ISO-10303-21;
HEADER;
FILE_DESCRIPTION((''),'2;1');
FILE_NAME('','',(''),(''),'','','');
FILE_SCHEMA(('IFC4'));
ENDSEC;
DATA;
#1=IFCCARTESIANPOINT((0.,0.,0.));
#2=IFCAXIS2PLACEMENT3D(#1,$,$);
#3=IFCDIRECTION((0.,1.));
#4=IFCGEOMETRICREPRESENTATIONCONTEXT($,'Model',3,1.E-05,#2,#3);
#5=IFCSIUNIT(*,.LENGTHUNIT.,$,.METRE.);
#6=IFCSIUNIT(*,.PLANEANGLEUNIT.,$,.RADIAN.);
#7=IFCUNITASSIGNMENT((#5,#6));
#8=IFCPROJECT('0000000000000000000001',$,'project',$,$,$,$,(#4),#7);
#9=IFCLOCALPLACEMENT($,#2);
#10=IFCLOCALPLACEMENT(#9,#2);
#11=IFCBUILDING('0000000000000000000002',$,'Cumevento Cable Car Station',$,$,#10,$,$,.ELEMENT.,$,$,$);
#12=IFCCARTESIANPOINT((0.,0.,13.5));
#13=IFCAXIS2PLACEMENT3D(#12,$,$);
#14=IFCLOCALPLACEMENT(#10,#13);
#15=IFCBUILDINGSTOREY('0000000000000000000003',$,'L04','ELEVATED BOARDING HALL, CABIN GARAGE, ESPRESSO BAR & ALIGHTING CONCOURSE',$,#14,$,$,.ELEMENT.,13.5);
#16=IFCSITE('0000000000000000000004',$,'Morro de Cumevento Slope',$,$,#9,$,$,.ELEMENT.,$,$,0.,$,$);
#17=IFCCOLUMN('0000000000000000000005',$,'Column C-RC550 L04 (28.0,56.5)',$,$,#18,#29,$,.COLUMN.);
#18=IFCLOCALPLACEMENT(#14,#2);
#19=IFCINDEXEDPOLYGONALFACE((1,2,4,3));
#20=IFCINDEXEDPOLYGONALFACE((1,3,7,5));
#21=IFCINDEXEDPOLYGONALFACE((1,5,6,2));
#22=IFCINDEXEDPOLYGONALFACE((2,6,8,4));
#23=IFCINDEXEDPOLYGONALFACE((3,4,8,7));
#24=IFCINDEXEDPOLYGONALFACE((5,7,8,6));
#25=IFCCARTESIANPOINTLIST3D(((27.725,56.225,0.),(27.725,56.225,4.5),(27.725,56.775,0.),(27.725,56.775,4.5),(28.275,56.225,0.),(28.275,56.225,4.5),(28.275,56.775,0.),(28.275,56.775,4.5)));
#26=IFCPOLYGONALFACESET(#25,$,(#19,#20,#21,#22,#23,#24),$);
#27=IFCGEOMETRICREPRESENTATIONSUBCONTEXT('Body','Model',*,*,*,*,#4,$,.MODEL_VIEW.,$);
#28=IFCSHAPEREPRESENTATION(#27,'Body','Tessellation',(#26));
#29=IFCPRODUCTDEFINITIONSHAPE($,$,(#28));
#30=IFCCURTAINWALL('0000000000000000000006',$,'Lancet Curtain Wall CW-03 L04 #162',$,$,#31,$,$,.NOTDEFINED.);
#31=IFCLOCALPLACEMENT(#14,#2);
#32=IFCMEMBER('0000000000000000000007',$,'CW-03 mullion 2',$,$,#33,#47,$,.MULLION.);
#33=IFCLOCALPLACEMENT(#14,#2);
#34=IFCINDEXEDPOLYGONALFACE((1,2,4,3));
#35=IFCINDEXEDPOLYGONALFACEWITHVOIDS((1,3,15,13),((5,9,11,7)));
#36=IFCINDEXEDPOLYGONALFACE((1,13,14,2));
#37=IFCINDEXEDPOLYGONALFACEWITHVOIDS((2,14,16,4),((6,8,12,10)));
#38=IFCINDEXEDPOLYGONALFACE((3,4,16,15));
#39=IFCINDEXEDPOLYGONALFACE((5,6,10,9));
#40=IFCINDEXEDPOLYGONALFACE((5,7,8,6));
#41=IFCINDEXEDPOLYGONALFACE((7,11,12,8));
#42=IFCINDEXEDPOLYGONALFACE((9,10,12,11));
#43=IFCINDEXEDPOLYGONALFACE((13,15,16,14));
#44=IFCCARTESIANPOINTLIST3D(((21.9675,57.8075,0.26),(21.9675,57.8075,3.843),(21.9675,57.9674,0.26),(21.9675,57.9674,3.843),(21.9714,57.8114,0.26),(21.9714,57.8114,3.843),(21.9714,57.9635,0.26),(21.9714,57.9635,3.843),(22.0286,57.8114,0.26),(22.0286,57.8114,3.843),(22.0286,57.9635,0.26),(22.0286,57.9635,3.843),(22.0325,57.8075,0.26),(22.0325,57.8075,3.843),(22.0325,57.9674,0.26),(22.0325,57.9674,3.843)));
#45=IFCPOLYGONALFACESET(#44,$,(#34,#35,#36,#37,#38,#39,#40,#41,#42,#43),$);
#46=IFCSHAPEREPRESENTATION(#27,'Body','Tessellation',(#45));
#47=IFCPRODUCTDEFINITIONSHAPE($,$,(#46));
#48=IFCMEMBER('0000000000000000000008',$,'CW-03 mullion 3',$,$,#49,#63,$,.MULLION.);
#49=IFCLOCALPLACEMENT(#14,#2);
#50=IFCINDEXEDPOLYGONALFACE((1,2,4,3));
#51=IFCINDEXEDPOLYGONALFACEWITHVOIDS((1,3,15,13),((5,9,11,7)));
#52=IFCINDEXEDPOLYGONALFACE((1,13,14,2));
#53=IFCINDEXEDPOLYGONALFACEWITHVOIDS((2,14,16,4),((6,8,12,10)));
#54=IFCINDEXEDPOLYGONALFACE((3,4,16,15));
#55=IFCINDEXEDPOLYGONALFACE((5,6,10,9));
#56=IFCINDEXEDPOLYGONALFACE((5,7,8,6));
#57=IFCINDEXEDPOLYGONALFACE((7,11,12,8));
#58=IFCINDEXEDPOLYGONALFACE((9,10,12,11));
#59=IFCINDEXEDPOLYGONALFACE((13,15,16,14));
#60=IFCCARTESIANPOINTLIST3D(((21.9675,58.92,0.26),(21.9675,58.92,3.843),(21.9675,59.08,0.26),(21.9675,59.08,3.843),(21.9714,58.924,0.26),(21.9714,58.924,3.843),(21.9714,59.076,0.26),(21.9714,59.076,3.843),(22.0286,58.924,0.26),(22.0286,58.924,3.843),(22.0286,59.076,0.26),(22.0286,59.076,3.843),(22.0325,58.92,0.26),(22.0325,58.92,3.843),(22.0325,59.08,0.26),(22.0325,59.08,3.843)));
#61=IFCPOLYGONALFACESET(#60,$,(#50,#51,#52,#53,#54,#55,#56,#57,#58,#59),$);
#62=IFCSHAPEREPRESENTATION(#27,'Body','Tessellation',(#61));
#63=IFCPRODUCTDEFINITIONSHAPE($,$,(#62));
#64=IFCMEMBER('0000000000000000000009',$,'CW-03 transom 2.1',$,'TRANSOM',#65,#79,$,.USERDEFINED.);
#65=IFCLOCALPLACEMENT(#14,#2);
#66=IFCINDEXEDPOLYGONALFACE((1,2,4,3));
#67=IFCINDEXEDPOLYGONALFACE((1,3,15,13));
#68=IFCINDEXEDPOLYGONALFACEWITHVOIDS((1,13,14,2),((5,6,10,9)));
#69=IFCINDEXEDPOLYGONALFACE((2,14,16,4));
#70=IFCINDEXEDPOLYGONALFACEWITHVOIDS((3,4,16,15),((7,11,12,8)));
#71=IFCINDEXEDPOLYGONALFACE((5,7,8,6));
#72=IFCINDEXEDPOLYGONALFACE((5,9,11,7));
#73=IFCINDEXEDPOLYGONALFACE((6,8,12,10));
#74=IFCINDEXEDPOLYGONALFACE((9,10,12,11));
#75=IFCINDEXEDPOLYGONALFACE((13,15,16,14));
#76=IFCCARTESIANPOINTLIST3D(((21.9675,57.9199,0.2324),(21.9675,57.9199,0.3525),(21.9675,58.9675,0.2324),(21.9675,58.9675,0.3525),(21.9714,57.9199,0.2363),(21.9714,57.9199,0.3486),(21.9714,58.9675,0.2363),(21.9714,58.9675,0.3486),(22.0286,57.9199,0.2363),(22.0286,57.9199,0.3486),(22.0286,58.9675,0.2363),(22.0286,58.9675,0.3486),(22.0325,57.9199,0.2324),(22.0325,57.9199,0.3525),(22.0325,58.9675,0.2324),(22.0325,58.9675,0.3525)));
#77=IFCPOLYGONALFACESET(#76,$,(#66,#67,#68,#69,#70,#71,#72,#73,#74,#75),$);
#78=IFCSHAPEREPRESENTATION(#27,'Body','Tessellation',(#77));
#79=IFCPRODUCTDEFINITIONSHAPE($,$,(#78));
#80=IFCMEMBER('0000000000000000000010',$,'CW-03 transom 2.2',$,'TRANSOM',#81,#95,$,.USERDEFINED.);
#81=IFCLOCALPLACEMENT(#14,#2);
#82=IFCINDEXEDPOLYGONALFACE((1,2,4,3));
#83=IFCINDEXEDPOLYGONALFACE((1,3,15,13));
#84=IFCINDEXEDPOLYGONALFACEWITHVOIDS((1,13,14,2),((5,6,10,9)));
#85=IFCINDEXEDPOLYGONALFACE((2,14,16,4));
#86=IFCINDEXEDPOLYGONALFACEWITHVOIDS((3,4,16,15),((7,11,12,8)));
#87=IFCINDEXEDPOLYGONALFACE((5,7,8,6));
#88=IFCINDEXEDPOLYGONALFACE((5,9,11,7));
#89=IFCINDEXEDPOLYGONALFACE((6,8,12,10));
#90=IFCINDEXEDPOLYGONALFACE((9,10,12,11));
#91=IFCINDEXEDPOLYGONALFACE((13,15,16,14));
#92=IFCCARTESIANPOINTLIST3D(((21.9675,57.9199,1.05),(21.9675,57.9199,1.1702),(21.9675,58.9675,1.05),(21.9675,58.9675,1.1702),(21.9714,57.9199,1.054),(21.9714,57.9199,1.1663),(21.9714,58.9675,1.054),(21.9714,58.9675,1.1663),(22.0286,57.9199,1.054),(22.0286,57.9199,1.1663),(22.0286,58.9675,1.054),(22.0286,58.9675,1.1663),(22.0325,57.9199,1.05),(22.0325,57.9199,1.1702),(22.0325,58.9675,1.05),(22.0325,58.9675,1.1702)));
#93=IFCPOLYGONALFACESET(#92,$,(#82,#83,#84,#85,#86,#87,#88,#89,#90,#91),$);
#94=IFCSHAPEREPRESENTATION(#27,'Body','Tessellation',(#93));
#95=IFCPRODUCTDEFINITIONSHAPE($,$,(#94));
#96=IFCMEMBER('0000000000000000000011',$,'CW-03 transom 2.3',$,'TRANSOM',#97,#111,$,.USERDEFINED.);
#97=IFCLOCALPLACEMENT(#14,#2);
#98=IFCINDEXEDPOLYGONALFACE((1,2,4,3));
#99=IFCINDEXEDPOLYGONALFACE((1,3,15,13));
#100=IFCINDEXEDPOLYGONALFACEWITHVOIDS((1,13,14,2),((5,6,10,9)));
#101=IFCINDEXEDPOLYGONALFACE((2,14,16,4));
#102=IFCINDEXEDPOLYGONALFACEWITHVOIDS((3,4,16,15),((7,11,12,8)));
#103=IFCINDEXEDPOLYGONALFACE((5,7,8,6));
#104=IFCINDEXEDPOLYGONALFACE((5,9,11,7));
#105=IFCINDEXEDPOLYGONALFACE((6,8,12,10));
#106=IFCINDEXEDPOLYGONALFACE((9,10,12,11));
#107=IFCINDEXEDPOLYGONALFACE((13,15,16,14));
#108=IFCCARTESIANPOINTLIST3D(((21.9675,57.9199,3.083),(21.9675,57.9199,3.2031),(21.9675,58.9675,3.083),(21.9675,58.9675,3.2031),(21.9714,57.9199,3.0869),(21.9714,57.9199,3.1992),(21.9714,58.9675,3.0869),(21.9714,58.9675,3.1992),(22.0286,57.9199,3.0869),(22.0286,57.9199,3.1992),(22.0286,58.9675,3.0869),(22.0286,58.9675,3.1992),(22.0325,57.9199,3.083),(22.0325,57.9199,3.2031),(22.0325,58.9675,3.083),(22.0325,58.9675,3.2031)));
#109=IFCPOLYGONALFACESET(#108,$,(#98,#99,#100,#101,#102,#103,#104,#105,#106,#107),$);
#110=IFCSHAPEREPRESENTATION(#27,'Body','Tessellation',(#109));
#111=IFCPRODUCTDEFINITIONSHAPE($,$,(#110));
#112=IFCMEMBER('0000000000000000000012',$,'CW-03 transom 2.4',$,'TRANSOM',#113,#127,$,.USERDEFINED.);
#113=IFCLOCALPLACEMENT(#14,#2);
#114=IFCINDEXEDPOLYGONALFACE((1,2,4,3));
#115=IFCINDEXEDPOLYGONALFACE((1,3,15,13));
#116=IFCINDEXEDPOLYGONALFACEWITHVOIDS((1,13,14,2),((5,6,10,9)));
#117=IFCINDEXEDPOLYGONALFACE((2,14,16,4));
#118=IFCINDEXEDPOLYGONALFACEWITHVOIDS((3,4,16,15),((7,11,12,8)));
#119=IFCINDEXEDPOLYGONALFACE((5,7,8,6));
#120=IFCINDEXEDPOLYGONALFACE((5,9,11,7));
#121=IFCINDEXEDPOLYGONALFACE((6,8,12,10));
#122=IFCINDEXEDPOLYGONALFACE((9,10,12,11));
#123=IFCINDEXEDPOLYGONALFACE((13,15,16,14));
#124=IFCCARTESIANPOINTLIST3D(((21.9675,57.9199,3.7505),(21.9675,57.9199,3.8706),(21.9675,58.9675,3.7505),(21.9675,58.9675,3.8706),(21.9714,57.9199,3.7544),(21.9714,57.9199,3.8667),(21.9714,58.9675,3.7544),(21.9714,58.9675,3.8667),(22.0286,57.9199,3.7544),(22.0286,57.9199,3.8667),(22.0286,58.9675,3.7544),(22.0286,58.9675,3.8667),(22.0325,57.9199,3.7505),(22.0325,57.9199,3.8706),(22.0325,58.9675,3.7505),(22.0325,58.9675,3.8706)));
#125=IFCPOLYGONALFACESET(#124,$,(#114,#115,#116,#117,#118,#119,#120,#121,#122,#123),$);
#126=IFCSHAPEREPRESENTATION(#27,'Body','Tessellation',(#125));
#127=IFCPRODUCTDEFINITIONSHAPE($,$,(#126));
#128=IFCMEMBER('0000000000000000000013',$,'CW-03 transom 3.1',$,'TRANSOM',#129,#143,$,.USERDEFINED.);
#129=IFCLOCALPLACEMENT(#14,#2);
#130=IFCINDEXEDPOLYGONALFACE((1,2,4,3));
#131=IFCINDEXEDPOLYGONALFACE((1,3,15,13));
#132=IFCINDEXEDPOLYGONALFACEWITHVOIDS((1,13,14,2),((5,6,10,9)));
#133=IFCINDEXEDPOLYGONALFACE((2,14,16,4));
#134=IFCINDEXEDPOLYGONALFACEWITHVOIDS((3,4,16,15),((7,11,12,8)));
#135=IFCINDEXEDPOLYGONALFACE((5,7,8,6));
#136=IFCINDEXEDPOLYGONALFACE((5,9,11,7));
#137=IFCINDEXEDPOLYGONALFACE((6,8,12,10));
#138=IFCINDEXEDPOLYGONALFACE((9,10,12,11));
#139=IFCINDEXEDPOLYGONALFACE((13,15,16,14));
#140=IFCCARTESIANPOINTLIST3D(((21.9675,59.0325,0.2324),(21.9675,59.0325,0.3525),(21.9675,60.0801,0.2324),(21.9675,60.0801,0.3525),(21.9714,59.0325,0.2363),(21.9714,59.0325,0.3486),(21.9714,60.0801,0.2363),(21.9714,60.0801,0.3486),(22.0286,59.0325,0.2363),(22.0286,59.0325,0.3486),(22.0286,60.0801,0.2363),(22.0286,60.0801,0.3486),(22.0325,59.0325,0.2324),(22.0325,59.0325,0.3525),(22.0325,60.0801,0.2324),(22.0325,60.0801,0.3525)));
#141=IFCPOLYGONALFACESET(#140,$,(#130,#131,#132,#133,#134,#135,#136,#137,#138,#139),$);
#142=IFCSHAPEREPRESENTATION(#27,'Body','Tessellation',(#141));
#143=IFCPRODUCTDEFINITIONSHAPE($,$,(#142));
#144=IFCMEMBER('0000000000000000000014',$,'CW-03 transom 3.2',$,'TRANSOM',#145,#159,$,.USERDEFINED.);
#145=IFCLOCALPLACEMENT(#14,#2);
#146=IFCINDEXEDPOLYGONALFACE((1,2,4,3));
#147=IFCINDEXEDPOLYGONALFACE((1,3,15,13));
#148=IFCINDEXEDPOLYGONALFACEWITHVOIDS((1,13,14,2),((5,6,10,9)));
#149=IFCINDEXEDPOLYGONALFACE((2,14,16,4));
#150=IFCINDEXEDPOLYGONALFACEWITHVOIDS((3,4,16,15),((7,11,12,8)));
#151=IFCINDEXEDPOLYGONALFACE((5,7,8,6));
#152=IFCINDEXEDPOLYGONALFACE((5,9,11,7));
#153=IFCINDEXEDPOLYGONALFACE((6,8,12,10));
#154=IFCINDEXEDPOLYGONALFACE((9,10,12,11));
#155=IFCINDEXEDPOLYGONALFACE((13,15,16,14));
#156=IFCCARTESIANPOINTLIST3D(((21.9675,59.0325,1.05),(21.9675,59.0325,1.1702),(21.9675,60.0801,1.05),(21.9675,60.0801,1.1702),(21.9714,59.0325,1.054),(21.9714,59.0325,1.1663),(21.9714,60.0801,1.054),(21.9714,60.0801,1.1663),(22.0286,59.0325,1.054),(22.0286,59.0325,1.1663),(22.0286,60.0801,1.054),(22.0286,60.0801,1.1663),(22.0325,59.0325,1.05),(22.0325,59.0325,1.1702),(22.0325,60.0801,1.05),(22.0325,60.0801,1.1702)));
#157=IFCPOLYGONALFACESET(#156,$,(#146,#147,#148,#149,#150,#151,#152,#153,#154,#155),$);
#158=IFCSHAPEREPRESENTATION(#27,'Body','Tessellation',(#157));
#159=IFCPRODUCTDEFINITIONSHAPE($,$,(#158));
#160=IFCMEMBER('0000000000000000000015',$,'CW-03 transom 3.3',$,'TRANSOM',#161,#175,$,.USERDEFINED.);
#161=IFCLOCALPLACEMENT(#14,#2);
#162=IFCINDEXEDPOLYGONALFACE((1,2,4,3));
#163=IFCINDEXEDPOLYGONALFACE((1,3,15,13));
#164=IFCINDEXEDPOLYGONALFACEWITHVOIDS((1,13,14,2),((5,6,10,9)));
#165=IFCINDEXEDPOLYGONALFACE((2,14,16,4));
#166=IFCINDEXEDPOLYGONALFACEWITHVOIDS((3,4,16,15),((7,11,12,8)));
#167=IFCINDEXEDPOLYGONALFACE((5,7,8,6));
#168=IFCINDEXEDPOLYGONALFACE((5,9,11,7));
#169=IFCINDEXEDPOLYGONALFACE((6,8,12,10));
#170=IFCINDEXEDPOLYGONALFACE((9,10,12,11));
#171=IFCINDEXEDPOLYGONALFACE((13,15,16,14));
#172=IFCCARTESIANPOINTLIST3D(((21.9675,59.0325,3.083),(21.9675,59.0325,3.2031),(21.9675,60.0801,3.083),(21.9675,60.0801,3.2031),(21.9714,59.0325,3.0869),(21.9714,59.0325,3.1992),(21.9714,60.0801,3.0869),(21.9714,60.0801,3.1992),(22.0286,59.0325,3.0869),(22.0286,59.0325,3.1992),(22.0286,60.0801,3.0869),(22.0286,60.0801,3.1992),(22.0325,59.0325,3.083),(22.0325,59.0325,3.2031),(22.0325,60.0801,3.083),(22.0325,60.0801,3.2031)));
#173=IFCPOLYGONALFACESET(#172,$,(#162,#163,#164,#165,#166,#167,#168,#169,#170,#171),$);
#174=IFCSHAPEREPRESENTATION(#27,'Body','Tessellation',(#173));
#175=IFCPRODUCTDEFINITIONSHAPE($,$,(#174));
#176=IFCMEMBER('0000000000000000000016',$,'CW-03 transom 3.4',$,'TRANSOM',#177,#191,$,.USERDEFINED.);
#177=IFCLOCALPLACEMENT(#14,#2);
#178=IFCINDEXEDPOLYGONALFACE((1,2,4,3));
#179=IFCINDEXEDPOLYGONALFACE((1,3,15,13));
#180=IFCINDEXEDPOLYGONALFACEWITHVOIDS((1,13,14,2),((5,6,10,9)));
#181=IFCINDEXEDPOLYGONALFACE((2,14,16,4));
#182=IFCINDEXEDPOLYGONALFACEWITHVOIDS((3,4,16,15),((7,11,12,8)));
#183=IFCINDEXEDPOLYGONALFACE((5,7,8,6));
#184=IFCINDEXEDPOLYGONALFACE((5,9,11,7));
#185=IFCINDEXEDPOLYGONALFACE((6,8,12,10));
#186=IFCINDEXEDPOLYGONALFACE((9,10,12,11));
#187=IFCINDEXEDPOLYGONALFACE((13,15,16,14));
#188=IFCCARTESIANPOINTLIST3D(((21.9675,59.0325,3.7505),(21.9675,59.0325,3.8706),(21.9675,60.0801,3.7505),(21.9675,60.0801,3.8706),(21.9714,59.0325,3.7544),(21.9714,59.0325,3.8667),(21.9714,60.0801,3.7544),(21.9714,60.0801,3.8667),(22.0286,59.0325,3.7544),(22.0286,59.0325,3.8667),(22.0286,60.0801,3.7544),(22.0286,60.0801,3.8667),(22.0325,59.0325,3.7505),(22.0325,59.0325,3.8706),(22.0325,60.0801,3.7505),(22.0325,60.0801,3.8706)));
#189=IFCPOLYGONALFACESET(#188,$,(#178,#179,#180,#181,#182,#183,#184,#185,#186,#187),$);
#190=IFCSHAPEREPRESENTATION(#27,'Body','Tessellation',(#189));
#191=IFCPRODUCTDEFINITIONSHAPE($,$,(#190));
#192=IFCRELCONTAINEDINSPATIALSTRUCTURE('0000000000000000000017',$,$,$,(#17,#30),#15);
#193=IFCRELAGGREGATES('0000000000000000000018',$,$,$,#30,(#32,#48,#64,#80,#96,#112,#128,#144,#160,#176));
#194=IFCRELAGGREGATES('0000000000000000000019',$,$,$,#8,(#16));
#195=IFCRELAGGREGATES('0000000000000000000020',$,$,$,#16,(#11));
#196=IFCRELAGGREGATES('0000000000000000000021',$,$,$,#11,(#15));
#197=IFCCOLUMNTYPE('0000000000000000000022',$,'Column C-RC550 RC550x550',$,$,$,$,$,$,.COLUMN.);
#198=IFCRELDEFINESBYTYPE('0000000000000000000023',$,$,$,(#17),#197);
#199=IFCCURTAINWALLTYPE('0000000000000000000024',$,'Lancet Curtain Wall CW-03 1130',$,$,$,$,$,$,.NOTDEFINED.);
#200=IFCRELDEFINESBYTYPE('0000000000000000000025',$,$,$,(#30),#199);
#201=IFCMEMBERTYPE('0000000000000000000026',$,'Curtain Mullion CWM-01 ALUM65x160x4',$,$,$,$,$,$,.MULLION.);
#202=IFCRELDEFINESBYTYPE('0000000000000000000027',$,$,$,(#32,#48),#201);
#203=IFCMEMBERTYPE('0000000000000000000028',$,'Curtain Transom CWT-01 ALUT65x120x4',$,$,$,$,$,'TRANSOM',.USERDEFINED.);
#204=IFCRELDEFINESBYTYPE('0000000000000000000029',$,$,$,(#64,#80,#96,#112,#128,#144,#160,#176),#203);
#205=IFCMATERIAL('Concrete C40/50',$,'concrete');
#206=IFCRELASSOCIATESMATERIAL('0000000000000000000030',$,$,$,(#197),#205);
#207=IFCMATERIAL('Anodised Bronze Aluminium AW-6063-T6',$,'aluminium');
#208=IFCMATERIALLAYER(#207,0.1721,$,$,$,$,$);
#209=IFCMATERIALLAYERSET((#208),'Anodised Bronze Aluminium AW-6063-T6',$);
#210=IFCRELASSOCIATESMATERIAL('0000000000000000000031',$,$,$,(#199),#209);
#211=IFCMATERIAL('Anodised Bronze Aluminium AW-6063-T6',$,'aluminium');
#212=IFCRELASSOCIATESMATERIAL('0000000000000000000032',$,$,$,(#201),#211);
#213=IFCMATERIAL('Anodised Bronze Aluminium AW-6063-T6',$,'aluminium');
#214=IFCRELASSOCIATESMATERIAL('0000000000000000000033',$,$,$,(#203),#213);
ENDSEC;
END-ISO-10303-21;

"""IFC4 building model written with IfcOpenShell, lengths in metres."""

from ifc_helpers import new_model, si_unit, direction, frame, origin, origin_2d, place, context, subcontext, project, spatial, rectangle, hollow_rectangle, extrude, material, layer, layer_set, material_profile, profile_set, type_object, element, aggregate, save


model = new_model("IFC4")

# Units and contexts
model_context = context("Model", 3, precision=1e-05, world=origin(), true_north=direction((0.0, 1.0)))
body_context = subcontext(model_context, "Body", "Model", "MODEL_VIEW")
ifc_project = project(units=[si_unit("LENGTHUNIT", "METRE"), si_unit("PLANEANGLEUNIT", "RADIAN")], contexts=[model_context])

# Site, building, storey
site_placement = place(None, origin())
site = spatial("IfcSite", under=ifc_project, at=site_placement, Name="Morro de Cumevento Slope", CompositionType="ELEMENT", RefElevation=0.0)
building_placement = place(site_placement, origin())
building = spatial("IfcBuilding", under=site, at=building_placement, Name="Cumevento Cable Car Station", CompositionType="ELEMENT")
storey_placement = place(building_placement, frame((0.0, 0.0, 13.5)))
storey = spatial("IfcBuildingStorey", under=building, at=storey_placement, Name="L04", Description="ELEVATED BOARDING HALL, CABIN GARAGE, ESPRESSO BAR & ALIGHTING CONCOURSE", CompositionType="ELEMENT", Elevation=13.5)

# Column
ifc_material_1 = material(Name="Concrete C40/50", Category="concrete")
ifc_material_profile_1 = material_profile(ifc_material_1, rectangle(XDim=0.55, YDim=0.55, at=origin_2d()), Name="RC550x550")
ifc_profile_set_1 = profile_set([ifc_material_profile_1], Name="Concrete C40/50")
column_type = type_object("IfcColumnType", Name="Column C-RC550 RC550x550", PredefinedType="COLUMN", material=ifc_profile_set_1)
column_placement = place(storey_placement, frame((28.0, 56.5, 0.0), z_axis=(0.0, 0.0, 1.0), x_axis=(1.0, 0.0, 0.0)))
element("IfcColumn", 1, at=column_placement, inside=storey, type_object=column_type, Name="Column C-RC550 L04 (28.0,56.5)", PredefinedType="COLUMN", context=body_context, shape_type="SweptSolid", body=[
    extrude(rectangle(XDim=0.55, YDim=0.55, at=origin_2d()), origin(), (0.0, 0.0, 1.0), 4.5),
])

# Curtain wall, members
ifc_material_2 = material(Name="Anodised Bronze Aluminium AW-6063-T6", Category="aluminium")
ifc_layer_1 = layer(ifc_material_2, 0.1721)
ifc_layer_set_1 = layer_set([ifc_layer_1], Name="Anodised Bronze Aluminium AW-6063-T6")
curtain_wall_type = type_object("IfcCurtainWallType", Name="Lancet Curtain Wall CW-03 1130", PredefinedType="NOTDEFINED", material=ifc_layer_set_1)
curtain_wall_placement = place(storey_placement, origin())
curtain_wall = element("IfcCurtainWall", 2, at=curtain_wall_placement, inside=storey, type_object=curtain_wall_type, Name="Lancet Curtain Wall CW-03 L04 #162", PredefinedType="NOTDEFINED")
ifc_material_3 = material(Name="Anodised Bronze Aluminium AW-6063-T6", Category="aluminium")
ifc_material_profile_2 = material_profile(ifc_material_3, hollow_rectangle(XDim=0.0649, YDim=0.1599, WallThickness=0.0039, at=origin_2d()), Name="ALUM65x160x4")
ifc_profile_set_2 = profile_set([ifc_material_profile_2], Name="Anodised Bronze Aluminium AW-6063-T6")
member_type_1 = type_object("IfcMemberType", Name="Curtain Mullion CWM-01 ALUM65x160x4", PredefinedType="MULLION", material=ifc_profile_set_2)
member_1_placement = place(storey_placement, frame((22.0, 57.8875, 0.26), z_axis=(0.0, 0.0, 1.0), x_axis=(-1.0, 0.0, 0.0)))
member_1 = element("IfcMember", 3, at=member_1_placement, type_object=member_type_1, Name="CW-03 mullion 2", PredefinedType="MULLION", context=body_context, shape_type="SweptSolid", body=[
    extrude(hollow_rectangle(XDim=0.0649, YDim=0.1599, WallThickness=0.0039, at=origin_2d()), origin(), (0.0, 0.0, 1.0), 3.583),
])
member_2_placement = place(storey_placement, frame((22.0, 59.0, 0.26), z_axis=(0.0, 0.0, 1.0), x_axis=(-1.0, 0.0, 0.0)))
member_2 = element("IfcMember", 4, at=member_2_placement, type_object=member_type_1, Name="CW-03 mullion 3", PredefinedType="MULLION", context=body_context, shape_type="SweptSolid", body=[
    extrude(hollow_rectangle(XDim=0.0649, YDim=0.1599, WallThickness=0.0039, at=origin_2d()), origin(), (0.0, 0.0, 1.0), 3.583),
])
ifc_material_4 = material(Name="Anodised Bronze Aluminium AW-6063-T6", Category="aluminium")
ifc_material_profile_3 = material_profile(ifc_material_4, hollow_rectangle(XDim=0.0649, YDim=0.1201, WallThickness=0.0039, at=origin_2d()), Name="ALUT65x120x4")
ifc_profile_set_3 = profile_set([ifc_material_profile_3], Name="Anodised Bronze Aluminium AW-6063-T6")
member_type_2 = type_object("IfcMemberType", Name="Curtain Transom CWT-01 ALUT65x120x4", ElementType="TRANSOM", PredefinedType="USERDEFINED", material=ifc_profile_set_3)
member_3_placement = place(storey_placement, frame((22.0, 57.9199, 0.2925), z_axis=(0.0, 1.0, 0.0), x_axis=(-1.0, 0.0, 0.0)))
member_3 = element("IfcMember", 5, at=member_3_placement, type_object=member_type_2, Name="CW-03 transom 2.1", ObjectType="TRANSOM", PredefinedType="USERDEFINED", context=body_context, shape_type="SweptSolid", body=[
    extrude(hollow_rectangle(XDim=0.0649, YDim=0.1201, WallThickness=0.0039, at=origin_2d()), origin(), (0.0, 0.0, 1.0), 1.0476),
])
member_4_placement = place(storey_placement, frame((22.0, 57.9199, 1.1101), z_axis=(0.0, 1.0, 0.0), x_axis=(-1.0, 0.0, 0.0)))
member_4 = element("IfcMember", 6, at=member_4_placement, type_object=member_type_2, Name="CW-03 transom 2.2", ObjectType="TRANSOM", PredefinedType="USERDEFINED", context=body_context, shape_type="SweptSolid", body=[
    extrude(hollow_rectangle(XDim=0.0649, YDim=0.1201, WallThickness=0.0039, at=origin_2d()), origin(), (0.0, 0.0, 1.0), 1.0476),
])
member_5_placement = place(storey_placement, frame((22.0, 57.9199, 3.1431), z_axis=(0.0, 1.0, 0.0), x_axis=(-1.0, 0.0, 0.0)))
member_5 = element("IfcMember", 7, at=member_5_placement, type_object=member_type_2, Name="CW-03 transom 2.3", ObjectType="TRANSOM", PredefinedType="USERDEFINED", context=body_context, shape_type="SweptSolid", body=[
    extrude(hollow_rectangle(XDim=0.0649, YDim=0.1201, WallThickness=0.0039, at=origin_2d()), origin(), (0.0, 0.0, 1.0), 1.0476),
])
member_6_placement = place(storey_placement, frame((22.0, 57.9199, 3.8105), z_axis=(0.0, 1.0, 0.0), x_axis=(-1.0, 0.0, 0.0)))
member_6 = element("IfcMember", 8, at=member_6_placement, type_object=member_type_2, Name="CW-03 transom 2.4", ObjectType="TRANSOM", PredefinedType="USERDEFINED", context=body_context, shape_type="SweptSolid", body=[
    extrude(hollow_rectangle(XDim=0.0649, YDim=0.1201, WallThickness=0.0039, at=origin_2d()), origin(), (0.0, 0.0, 1.0), 1.0476),
])
member_7_placement = place(storey_placement, frame((22.0, 59.0325, 0.2925), z_axis=(0.0, 1.0, 0.0), x_axis=(-1.0, 0.0, 0.0)))
member_7 = element("IfcMember", 9, at=member_7_placement, type_object=member_type_2, Name="CW-03 transom 3.1", ObjectType="TRANSOM", PredefinedType="USERDEFINED", context=body_context, shape_type="SweptSolid", body=[
    extrude(hollow_rectangle(XDim=0.0649, YDim=0.1201, WallThickness=0.0039, at=origin_2d()), origin(), (0.0, 0.0, 1.0), 1.0476),
])
member_8_placement = place(storey_placement, frame((22.0, 59.0325, 1.1101), z_axis=(0.0, 1.0, 0.0), x_axis=(-1.0, 0.0, 0.0)))
member_8 = element("IfcMember", 10, at=member_8_placement, type_object=member_type_2, Name="CW-03 transom 3.2", ObjectType="TRANSOM", PredefinedType="USERDEFINED", context=body_context, shape_type="SweptSolid", body=[
    extrude(hollow_rectangle(XDim=0.0649, YDim=0.1201, WallThickness=0.0039, at=origin_2d()), origin(), (0.0, 0.0, 1.0), 1.0476),
])
member_9_placement = place(storey_placement, frame((22.0, 59.0325, 3.1431), z_axis=(0.0, 1.0, 0.0), x_axis=(-1.0, 0.0, 0.0)))
member_9 = element("IfcMember", 11, at=member_9_placement, type_object=member_type_2, Name="CW-03 transom 3.3", ObjectType="TRANSOM", PredefinedType="USERDEFINED", context=body_context, shape_type="SweptSolid", body=[
    extrude(hollow_rectangle(XDim=0.0649, YDim=0.1201, WallThickness=0.0039, at=origin_2d()), origin(), (0.0, 0.0, 1.0), 1.0476),
])
member_10_placement = place(storey_placement, frame((22.0, 59.0325, 3.8105), z_axis=(0.0, 1.0, 0.0), x_axis=(-1.0, 0.0, 0.0)))
member_10 = element("IfcMember", 12, at=member_10_placement, type_object=member_type_2, Name="CW-03 transom 3.4", ObjectType="TRANSOM", PredefinedType="USERDEFINED", context=body_context, shape_type="SweptSolid", body=[
    extrude(hollow_rectangle(XDim=0.0649, YDim=0.1201, WallThickness=0.0039, at=origin_2d()), origin(), (0.0, 0.0, 1.0), 1.0476),
])

aggregate(curtain_wall, [member_1, member_2, member_3, member_4, member_5, member_6, member_7, member_8, member_9, member_10])

save(model, "model.ifc")
